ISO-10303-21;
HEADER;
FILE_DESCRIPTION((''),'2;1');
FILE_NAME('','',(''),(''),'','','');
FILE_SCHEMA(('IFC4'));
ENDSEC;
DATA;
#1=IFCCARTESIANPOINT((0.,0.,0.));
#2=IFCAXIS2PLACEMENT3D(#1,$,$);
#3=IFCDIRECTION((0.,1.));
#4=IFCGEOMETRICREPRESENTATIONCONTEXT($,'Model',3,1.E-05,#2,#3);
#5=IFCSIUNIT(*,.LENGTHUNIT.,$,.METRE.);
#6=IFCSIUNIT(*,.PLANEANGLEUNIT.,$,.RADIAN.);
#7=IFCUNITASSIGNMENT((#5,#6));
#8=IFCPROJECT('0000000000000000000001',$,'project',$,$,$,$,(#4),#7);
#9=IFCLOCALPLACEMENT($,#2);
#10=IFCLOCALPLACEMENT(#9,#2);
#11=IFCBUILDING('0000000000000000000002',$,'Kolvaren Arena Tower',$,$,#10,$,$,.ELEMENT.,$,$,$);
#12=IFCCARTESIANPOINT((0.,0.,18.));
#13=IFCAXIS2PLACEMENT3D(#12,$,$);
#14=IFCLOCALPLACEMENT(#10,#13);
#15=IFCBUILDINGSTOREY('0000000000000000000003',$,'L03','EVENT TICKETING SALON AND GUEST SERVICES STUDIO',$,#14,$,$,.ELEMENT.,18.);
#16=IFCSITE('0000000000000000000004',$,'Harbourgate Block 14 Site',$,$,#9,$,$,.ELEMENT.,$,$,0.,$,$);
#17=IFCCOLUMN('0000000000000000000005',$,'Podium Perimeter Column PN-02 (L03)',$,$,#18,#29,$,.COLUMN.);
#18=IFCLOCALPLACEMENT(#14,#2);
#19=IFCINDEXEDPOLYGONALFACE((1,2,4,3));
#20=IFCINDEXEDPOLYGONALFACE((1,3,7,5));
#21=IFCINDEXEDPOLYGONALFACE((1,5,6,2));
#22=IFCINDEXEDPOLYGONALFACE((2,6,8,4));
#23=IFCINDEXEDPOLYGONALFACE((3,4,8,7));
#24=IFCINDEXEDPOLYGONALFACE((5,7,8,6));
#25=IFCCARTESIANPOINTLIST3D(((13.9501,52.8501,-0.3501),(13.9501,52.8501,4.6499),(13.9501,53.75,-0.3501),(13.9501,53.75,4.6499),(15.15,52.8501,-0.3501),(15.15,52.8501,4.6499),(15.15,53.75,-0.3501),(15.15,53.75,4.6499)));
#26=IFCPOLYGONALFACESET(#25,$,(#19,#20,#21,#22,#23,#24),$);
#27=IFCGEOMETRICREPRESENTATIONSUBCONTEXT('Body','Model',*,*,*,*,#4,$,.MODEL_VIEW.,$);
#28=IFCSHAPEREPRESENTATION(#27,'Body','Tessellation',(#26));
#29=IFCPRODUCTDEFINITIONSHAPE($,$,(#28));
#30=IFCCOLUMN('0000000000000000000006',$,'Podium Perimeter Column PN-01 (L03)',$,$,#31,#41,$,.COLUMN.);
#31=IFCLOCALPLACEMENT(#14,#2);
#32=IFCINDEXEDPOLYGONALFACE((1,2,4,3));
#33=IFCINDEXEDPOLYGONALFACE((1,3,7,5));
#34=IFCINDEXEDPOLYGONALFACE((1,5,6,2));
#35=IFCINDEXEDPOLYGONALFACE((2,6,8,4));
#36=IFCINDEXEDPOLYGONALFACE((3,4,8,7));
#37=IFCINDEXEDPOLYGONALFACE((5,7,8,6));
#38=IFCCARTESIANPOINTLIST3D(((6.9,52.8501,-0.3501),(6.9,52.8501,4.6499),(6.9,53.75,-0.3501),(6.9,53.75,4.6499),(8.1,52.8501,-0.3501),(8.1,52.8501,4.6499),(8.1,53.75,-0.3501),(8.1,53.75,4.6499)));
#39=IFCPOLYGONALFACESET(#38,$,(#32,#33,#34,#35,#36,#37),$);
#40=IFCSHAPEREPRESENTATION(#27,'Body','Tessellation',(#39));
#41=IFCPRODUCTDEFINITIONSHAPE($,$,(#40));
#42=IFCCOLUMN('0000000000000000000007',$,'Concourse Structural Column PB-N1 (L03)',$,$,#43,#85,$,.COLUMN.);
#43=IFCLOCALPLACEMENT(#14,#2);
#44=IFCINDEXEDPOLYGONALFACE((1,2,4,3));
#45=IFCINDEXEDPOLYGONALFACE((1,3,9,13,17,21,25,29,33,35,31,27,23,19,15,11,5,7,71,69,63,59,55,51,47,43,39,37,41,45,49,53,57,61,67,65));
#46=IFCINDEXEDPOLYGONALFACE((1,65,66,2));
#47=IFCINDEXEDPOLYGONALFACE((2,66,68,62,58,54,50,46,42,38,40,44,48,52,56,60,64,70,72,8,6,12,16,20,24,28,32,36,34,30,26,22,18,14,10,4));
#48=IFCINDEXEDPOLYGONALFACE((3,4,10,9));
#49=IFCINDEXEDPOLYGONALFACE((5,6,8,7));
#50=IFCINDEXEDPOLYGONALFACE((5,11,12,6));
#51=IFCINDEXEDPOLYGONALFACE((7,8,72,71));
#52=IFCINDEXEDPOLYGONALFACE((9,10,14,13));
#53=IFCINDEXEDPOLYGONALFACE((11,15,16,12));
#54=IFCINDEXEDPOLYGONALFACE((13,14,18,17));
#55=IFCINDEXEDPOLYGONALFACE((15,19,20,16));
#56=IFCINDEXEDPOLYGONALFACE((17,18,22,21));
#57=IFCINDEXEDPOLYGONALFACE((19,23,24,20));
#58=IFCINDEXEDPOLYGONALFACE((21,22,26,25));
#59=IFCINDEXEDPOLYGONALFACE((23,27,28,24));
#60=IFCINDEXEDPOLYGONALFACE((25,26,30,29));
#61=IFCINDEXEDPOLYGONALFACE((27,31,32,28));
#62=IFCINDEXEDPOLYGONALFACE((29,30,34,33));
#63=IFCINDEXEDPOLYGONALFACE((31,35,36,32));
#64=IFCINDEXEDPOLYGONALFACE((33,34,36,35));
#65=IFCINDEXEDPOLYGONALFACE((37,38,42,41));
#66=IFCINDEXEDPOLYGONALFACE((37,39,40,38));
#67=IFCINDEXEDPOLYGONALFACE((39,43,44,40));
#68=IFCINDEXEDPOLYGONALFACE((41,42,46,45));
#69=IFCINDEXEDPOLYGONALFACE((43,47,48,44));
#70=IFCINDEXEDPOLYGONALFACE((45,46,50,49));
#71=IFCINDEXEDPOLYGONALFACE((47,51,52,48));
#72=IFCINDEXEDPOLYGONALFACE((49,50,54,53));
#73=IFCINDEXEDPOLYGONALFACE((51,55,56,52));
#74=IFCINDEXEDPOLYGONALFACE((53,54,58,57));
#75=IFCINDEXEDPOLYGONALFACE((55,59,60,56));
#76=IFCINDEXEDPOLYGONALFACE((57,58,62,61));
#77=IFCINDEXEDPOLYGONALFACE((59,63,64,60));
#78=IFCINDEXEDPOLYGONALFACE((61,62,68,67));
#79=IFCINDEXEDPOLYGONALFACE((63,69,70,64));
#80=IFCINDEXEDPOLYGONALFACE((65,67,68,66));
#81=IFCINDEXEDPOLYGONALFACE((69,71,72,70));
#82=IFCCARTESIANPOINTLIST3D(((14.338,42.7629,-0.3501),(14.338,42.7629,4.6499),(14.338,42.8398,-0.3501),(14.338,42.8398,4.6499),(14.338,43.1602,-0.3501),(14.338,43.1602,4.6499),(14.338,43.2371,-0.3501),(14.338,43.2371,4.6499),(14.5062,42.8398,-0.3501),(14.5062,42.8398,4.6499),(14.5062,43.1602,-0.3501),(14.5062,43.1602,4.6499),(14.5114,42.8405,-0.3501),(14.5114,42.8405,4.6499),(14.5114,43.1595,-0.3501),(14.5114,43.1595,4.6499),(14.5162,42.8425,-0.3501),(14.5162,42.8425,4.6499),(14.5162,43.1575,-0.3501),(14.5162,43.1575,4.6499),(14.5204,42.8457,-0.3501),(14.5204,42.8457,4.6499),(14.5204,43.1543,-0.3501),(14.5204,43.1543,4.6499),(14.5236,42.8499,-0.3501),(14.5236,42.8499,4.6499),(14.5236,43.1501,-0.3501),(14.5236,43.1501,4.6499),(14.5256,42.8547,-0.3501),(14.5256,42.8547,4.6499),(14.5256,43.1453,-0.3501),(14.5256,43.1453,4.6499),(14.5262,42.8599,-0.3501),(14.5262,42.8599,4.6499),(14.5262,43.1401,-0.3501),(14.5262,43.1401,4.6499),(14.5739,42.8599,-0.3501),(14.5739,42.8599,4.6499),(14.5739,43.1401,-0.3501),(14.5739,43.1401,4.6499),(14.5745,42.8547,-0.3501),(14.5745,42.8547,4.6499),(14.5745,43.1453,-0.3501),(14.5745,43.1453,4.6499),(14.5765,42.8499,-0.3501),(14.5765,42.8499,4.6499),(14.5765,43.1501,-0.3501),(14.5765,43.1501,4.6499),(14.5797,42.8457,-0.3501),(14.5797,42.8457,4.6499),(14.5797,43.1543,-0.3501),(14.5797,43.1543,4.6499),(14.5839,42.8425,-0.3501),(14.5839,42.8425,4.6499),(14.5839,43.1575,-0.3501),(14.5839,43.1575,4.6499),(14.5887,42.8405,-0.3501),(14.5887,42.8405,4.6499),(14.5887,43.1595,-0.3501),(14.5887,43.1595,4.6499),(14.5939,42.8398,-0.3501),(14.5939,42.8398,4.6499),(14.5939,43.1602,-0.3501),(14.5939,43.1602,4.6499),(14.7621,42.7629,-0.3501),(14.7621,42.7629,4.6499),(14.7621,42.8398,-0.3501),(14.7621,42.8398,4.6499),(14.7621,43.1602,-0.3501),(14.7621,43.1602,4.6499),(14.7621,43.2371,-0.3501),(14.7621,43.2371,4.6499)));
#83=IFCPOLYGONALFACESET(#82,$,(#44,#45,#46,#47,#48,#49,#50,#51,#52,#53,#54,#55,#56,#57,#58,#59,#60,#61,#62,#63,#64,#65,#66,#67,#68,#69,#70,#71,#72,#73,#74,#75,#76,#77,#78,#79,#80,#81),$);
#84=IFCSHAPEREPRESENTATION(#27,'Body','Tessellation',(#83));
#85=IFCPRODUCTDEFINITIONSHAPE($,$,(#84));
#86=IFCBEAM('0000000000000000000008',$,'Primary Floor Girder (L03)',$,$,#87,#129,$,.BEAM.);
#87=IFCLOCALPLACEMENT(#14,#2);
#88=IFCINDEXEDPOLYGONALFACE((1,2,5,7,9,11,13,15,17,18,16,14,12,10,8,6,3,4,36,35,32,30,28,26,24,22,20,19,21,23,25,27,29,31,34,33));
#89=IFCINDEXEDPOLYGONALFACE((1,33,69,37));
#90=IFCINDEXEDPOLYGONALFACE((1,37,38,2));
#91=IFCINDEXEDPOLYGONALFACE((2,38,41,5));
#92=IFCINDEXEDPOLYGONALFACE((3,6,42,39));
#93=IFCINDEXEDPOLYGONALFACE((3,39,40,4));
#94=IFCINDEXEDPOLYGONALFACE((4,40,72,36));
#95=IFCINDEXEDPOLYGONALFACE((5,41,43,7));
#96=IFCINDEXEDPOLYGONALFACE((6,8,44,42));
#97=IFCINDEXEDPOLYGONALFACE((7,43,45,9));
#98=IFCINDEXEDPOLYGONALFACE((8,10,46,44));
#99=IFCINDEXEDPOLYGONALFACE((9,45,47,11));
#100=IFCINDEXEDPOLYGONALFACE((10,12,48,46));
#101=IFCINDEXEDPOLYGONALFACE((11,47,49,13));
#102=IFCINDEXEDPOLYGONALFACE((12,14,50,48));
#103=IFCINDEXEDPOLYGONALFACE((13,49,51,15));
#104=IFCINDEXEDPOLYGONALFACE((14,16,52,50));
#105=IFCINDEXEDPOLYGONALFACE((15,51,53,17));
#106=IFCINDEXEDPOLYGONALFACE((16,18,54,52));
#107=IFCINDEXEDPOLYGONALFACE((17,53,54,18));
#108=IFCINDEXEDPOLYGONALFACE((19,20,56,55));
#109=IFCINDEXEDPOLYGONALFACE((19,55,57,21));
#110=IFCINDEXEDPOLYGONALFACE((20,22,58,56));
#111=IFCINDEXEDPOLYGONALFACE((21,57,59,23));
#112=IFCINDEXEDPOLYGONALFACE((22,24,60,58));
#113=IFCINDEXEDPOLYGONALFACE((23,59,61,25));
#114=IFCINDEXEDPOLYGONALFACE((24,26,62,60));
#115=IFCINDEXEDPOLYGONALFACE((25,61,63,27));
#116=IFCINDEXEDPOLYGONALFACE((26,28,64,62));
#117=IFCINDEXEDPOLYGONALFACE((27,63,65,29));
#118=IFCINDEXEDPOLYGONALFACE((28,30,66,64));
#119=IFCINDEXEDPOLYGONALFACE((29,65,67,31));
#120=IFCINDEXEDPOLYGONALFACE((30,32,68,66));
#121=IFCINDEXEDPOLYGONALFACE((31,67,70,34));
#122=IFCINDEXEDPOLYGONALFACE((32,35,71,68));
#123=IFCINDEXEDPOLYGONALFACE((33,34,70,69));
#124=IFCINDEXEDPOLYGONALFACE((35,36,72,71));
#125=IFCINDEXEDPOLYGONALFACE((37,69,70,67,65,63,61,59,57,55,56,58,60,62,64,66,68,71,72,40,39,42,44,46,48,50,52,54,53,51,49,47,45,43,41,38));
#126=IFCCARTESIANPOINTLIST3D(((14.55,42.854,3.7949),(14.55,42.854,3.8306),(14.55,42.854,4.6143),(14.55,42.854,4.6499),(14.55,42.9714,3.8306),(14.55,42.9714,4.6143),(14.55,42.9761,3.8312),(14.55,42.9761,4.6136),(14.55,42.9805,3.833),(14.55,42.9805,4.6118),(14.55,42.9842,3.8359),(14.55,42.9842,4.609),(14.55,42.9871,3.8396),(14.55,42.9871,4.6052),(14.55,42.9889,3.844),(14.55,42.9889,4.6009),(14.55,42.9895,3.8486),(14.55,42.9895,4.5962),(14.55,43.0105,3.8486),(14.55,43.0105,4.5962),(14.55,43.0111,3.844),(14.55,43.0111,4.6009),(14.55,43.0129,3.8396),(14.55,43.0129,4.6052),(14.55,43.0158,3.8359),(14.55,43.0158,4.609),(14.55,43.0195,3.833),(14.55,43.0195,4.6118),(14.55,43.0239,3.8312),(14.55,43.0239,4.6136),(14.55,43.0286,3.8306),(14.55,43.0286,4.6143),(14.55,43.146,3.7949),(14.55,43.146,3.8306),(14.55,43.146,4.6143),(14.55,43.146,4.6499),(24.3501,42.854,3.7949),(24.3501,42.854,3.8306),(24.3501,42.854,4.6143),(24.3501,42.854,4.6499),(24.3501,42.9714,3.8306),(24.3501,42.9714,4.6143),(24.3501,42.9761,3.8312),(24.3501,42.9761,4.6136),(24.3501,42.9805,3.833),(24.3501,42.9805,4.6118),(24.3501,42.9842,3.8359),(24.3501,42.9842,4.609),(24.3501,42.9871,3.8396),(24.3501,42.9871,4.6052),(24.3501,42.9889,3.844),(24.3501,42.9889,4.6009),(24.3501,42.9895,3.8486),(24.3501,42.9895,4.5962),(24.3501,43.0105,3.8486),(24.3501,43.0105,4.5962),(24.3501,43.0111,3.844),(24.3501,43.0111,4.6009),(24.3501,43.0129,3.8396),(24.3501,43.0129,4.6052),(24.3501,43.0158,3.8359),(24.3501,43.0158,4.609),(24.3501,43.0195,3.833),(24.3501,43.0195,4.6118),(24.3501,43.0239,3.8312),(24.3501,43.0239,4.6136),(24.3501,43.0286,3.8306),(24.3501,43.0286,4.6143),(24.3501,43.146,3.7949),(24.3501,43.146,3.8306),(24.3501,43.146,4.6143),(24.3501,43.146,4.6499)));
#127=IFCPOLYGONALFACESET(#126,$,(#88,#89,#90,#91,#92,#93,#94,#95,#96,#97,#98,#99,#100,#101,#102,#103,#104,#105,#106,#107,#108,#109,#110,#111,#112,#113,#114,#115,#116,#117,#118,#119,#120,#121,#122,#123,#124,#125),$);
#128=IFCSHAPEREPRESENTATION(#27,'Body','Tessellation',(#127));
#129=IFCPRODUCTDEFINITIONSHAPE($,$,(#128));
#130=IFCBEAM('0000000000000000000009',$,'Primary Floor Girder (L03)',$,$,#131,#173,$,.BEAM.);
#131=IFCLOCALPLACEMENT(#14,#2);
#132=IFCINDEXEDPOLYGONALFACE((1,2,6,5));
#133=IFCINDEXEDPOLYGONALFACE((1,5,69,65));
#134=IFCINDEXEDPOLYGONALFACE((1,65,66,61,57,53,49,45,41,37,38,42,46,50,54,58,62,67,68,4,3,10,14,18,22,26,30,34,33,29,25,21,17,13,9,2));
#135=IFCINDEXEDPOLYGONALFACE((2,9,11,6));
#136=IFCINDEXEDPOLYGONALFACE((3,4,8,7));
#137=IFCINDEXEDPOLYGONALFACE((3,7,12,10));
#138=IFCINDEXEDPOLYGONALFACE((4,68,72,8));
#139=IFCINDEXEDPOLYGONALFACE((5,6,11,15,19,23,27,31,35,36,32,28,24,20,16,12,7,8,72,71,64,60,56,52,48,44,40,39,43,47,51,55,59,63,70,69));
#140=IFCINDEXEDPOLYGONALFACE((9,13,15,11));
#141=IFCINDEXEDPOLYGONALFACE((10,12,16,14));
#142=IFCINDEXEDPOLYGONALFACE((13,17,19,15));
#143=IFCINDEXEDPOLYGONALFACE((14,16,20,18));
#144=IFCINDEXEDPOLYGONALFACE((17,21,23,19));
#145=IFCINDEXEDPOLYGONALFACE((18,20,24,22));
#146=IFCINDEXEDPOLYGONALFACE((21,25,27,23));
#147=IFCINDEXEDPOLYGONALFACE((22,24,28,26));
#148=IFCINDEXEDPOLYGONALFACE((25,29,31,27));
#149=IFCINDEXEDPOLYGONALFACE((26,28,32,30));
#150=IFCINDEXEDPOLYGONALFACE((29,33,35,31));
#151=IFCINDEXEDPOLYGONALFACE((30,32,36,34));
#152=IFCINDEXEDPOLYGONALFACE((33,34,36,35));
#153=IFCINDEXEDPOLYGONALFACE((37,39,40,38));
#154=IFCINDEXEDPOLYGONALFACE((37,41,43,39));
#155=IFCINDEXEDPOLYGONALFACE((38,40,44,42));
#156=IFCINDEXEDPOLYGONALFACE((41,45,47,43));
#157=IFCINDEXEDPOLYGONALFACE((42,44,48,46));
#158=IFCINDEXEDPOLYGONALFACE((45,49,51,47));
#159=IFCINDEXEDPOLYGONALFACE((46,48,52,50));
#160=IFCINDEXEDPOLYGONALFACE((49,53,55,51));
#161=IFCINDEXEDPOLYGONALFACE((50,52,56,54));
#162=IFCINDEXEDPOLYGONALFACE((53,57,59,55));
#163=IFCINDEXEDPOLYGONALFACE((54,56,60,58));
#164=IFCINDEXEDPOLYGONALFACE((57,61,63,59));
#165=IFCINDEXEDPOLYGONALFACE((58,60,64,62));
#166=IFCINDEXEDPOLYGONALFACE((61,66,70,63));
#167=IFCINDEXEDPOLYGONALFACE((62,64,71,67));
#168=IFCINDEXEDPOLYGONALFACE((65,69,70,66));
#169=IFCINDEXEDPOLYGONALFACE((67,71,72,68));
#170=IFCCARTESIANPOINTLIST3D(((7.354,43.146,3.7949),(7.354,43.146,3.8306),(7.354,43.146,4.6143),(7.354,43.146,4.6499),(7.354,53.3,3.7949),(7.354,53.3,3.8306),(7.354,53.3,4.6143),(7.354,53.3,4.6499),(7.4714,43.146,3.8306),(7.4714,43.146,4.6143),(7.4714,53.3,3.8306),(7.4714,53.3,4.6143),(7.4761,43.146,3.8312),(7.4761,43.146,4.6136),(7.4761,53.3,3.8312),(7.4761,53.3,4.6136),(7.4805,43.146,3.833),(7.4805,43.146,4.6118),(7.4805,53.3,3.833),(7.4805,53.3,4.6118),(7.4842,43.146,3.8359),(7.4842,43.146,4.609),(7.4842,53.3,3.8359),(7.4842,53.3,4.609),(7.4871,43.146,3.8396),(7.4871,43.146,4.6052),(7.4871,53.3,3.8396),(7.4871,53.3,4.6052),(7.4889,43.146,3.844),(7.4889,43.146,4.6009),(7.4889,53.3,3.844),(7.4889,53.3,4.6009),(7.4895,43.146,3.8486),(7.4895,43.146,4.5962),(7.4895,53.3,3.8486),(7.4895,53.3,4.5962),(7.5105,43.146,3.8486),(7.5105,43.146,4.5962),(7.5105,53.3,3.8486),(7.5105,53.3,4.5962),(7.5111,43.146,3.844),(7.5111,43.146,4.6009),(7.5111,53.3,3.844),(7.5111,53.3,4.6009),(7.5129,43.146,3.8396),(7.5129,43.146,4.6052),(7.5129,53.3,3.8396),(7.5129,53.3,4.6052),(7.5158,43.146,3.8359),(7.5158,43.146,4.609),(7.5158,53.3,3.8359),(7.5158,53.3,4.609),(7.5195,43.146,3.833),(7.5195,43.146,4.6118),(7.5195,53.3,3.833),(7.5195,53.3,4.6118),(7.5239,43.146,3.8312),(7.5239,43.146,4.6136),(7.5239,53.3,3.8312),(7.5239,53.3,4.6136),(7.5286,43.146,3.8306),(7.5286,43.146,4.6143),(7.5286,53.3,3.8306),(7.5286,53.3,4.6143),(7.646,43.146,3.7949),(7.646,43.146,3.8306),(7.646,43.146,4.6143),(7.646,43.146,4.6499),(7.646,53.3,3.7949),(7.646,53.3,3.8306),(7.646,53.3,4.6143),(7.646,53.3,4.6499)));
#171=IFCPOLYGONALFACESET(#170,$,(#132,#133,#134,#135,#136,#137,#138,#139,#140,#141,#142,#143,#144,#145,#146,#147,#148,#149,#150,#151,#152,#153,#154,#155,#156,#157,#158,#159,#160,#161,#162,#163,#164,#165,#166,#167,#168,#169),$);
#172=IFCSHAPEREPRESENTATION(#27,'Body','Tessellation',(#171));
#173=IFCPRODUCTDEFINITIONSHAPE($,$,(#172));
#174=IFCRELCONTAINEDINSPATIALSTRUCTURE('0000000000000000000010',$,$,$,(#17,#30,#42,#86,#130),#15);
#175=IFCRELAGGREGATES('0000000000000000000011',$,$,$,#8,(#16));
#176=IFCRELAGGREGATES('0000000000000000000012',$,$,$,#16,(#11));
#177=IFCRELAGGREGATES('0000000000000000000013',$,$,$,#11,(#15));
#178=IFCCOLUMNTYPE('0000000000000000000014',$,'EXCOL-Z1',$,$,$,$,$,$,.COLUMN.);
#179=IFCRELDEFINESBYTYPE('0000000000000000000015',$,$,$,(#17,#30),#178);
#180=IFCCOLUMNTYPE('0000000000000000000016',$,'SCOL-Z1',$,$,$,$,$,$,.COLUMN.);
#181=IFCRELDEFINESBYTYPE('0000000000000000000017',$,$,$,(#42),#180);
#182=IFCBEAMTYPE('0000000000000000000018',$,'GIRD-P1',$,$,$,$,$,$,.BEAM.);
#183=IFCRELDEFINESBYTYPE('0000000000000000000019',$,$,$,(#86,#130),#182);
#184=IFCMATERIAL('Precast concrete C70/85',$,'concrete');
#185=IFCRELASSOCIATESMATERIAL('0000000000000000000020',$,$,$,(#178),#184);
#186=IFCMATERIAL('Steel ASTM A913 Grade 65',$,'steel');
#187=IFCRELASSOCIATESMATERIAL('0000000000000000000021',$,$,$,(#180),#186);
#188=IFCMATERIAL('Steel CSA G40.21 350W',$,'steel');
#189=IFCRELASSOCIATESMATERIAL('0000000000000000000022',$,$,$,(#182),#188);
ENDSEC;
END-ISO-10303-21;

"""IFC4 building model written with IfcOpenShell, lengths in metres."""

from ifc_helpers import new_model, si_unit, direction, frame, origin, origin_2d, place, context, subcontext, project, spatial, rectangle, i_section, extrude, material, material_profile, profile_set, type_object, element, save


model = new_model("IFC4")

# Units and contexts
model_context = context("Model", 3, precision=1e-05, world=origin(), true_north=direction((0.0, 1.0)))
body_context = subcontext(model_context, "Body", "Model", "MODEL_VIEW")
ifc_project = project(units=[si_unit("LENGTHUNIT", "METRE"), si_unit("PLANEANGLEUNIT", "RADIAN")], contexts=[model_context])

# Site, building, storey
site_placement = place(None, origin())
site = spatial("IfcSite", under=ifc_project, at=site_placement, Name="Harbourgate Block 14 Site", CompositionType="ELEMENT", RefElevation=0.0)
building_placement = place(site_placement, origin())
building = spatial("IfcBuilding", under=site, at=building_placement, Name="Kolvaren Arena Tower", CompositionType="ELEMENT")
storey_placement = place(building_placement, frame((0.0, 0.0, 18.0)))
storey = spatial("IfcBuildingStorey", under=building, at=storey_placement, Name="L03", Description="EVENT TICKETING SALON AND GUEST SERVICES STUDIO", CompositionType="ELEMENT", Elevation=18.0)

# Columns
ifc_material_1 = material(Name="Precast concrete C70/85", Category="concrete")
ifc_material_profile_1 = material_profile(ifc_material_1, rectangle(XDim=1.2, YDim=0.8999, at=origin_2d()), Name="RC-1200x900")
ifc_profile_set_1 = profile_set([ifc_material_profile_1], Name="Precast concrete C70/85")
column_type_1 = type_object("IfcColumnType", Name="EXCOL-Z1", PredefinedType="COLUMN", material=ifc_profile_set_1)
for number, where, z_axis, x_axis, name in (
    (1, (14.55, 53.3, -0.3501), (0.0, 0.0, 1.0), (1.0, 0.0, 0.0), "Podium Perimeter Column PN-02 (L03)"),
    (2, (7.5, 53.3, -0.3501), (0.0, 0.0, 1.0), (1.0, 0.0, 0.0), "Podium Perimeter Column PN-01 (L03)"),
):
    element("IfcColumn", number, at=place(storey_placement, frame(where, z_axis=z_axis, x_axis=x_axis)), inside=storey, type_object=column_type_1, Name=name, PredefinedType="COLUMN", context=body_context, shape_type="SweptSolid", body=[
        extrude(rectangle(XDim=1.2, YDim=0.8999, at=origin_2d()), origin(), (0.0, 0.0, 1.0), 5.0),
    ])
ifc_material_2 = material(Name="Steel ASTM A913 Grade 65", Category="steel")
ifc_material_profile_2 = material_profile(ifc_material_2, i_section(OverallWidth=0.4241, OverallDepth=0.4741, WebThickness=0.0476, FlangeThickness=0.0769, FilletRadius=0.02, at=origin_2d()), Name="W360x634")
ifc_profile_set_2 = profile_set([ifc_material_profile_2], Name="Steel ASTM A913 Grade 65")
column_type_2 = type_object("IfcColumnType", Name="SCOL-Z1", PredefinedType="COLUMN", material=ifc_profile_set_2)
column_placement = place(storey_placement, frame((14.55, 43.0, -0.3501), z_axis=(0.0, 0.0, 1.0), x_axis=(1.0, 0.0, 0.0)))
element("IfcColumn", 3, at=column_placement, inside=storey, type_object=column_type_2, Name="Concourse Structural Column PB-N1 (L03)", PredefinedType="COLUMN", context=body_context, shape_type="SweptSolid", body=[
    extrude(i_section(OverallWidth=0.4241, OverallDepth=0.4741, WebThickness=0.0476, FlangeThickness=0.0769, FilletRadius=0.02, at=origin_2d()), origin(), (0.0, 0.0, 1.0), 5.0),
])

# Beams
ifc_material_3 = material(Name="Steel CSA G40.21 350W", Category="steel")
ifc_material_profile_3 = material_profile(ifc_material_3, i_section(OverallWidth=0.292, OverallDepth=0.855, WebThickness=0.021, FlangeThickness=0.0356, FilletRadius=0.0181, at=origin_2d()), Name="W840x299")
ifc_profile_set_3 = profile_set([ifc_material_profile_3], Name="Steel CSA G40.21 350W")
beam_type_1 = type_object("IfcBeamType", Name="GIRD-P1", PredefinedType="BEAM", material=ifc_profile_set_3)
beam_1_placement = place(storey_placement, frame((14.55, 43.0, 4.2224), z_axis=(1.0, 0.0, 0.0), x_axis=(0.0, 1.0, 0.0)))
element("IfcBeam", 4, at=beam_1_placement, inside=storey, type_object=beam_type_1, Name="Primary Floor Girder (L03)", PredefinedType="BEAM", context=body_context, shape_type="SweptSolid", body=[
    extrude(i_section(OverallWidth=0.292, OverallDepth=0.855, WebThickness=0.021, FlangeThickness=0.0356, FilletRadius=0.0181, at=origin_2d()), origin(), (0.0, 0.0, 1.0), 9.8),
])
beam_2_placement = place(storey_placement, frame((7.5, 43.146, 4.2224), z_axis=(0.0, 1.0, 0.0), x_axis=(-1.0, 0.0, 0.0)))
element("IfcBeam", 5, at=beam_2_placement, inside=storey, type_object=beam_type_1, Name="Primary Floor Girder (L03)", PredefinedType="BEAM", context=body_context, shape_type="SweptSolid", body=[
    extrude(i_section(OverallWidth=0.292, OverallDepth=0.855, WebThickness=0.021, FlangeThickness=0.0356, FilletRadius=0.0181, at=origin_2d()), origin(), (0.0, 0.0, 1.0), 10.1541),
])

save(model, "model.ifc")
